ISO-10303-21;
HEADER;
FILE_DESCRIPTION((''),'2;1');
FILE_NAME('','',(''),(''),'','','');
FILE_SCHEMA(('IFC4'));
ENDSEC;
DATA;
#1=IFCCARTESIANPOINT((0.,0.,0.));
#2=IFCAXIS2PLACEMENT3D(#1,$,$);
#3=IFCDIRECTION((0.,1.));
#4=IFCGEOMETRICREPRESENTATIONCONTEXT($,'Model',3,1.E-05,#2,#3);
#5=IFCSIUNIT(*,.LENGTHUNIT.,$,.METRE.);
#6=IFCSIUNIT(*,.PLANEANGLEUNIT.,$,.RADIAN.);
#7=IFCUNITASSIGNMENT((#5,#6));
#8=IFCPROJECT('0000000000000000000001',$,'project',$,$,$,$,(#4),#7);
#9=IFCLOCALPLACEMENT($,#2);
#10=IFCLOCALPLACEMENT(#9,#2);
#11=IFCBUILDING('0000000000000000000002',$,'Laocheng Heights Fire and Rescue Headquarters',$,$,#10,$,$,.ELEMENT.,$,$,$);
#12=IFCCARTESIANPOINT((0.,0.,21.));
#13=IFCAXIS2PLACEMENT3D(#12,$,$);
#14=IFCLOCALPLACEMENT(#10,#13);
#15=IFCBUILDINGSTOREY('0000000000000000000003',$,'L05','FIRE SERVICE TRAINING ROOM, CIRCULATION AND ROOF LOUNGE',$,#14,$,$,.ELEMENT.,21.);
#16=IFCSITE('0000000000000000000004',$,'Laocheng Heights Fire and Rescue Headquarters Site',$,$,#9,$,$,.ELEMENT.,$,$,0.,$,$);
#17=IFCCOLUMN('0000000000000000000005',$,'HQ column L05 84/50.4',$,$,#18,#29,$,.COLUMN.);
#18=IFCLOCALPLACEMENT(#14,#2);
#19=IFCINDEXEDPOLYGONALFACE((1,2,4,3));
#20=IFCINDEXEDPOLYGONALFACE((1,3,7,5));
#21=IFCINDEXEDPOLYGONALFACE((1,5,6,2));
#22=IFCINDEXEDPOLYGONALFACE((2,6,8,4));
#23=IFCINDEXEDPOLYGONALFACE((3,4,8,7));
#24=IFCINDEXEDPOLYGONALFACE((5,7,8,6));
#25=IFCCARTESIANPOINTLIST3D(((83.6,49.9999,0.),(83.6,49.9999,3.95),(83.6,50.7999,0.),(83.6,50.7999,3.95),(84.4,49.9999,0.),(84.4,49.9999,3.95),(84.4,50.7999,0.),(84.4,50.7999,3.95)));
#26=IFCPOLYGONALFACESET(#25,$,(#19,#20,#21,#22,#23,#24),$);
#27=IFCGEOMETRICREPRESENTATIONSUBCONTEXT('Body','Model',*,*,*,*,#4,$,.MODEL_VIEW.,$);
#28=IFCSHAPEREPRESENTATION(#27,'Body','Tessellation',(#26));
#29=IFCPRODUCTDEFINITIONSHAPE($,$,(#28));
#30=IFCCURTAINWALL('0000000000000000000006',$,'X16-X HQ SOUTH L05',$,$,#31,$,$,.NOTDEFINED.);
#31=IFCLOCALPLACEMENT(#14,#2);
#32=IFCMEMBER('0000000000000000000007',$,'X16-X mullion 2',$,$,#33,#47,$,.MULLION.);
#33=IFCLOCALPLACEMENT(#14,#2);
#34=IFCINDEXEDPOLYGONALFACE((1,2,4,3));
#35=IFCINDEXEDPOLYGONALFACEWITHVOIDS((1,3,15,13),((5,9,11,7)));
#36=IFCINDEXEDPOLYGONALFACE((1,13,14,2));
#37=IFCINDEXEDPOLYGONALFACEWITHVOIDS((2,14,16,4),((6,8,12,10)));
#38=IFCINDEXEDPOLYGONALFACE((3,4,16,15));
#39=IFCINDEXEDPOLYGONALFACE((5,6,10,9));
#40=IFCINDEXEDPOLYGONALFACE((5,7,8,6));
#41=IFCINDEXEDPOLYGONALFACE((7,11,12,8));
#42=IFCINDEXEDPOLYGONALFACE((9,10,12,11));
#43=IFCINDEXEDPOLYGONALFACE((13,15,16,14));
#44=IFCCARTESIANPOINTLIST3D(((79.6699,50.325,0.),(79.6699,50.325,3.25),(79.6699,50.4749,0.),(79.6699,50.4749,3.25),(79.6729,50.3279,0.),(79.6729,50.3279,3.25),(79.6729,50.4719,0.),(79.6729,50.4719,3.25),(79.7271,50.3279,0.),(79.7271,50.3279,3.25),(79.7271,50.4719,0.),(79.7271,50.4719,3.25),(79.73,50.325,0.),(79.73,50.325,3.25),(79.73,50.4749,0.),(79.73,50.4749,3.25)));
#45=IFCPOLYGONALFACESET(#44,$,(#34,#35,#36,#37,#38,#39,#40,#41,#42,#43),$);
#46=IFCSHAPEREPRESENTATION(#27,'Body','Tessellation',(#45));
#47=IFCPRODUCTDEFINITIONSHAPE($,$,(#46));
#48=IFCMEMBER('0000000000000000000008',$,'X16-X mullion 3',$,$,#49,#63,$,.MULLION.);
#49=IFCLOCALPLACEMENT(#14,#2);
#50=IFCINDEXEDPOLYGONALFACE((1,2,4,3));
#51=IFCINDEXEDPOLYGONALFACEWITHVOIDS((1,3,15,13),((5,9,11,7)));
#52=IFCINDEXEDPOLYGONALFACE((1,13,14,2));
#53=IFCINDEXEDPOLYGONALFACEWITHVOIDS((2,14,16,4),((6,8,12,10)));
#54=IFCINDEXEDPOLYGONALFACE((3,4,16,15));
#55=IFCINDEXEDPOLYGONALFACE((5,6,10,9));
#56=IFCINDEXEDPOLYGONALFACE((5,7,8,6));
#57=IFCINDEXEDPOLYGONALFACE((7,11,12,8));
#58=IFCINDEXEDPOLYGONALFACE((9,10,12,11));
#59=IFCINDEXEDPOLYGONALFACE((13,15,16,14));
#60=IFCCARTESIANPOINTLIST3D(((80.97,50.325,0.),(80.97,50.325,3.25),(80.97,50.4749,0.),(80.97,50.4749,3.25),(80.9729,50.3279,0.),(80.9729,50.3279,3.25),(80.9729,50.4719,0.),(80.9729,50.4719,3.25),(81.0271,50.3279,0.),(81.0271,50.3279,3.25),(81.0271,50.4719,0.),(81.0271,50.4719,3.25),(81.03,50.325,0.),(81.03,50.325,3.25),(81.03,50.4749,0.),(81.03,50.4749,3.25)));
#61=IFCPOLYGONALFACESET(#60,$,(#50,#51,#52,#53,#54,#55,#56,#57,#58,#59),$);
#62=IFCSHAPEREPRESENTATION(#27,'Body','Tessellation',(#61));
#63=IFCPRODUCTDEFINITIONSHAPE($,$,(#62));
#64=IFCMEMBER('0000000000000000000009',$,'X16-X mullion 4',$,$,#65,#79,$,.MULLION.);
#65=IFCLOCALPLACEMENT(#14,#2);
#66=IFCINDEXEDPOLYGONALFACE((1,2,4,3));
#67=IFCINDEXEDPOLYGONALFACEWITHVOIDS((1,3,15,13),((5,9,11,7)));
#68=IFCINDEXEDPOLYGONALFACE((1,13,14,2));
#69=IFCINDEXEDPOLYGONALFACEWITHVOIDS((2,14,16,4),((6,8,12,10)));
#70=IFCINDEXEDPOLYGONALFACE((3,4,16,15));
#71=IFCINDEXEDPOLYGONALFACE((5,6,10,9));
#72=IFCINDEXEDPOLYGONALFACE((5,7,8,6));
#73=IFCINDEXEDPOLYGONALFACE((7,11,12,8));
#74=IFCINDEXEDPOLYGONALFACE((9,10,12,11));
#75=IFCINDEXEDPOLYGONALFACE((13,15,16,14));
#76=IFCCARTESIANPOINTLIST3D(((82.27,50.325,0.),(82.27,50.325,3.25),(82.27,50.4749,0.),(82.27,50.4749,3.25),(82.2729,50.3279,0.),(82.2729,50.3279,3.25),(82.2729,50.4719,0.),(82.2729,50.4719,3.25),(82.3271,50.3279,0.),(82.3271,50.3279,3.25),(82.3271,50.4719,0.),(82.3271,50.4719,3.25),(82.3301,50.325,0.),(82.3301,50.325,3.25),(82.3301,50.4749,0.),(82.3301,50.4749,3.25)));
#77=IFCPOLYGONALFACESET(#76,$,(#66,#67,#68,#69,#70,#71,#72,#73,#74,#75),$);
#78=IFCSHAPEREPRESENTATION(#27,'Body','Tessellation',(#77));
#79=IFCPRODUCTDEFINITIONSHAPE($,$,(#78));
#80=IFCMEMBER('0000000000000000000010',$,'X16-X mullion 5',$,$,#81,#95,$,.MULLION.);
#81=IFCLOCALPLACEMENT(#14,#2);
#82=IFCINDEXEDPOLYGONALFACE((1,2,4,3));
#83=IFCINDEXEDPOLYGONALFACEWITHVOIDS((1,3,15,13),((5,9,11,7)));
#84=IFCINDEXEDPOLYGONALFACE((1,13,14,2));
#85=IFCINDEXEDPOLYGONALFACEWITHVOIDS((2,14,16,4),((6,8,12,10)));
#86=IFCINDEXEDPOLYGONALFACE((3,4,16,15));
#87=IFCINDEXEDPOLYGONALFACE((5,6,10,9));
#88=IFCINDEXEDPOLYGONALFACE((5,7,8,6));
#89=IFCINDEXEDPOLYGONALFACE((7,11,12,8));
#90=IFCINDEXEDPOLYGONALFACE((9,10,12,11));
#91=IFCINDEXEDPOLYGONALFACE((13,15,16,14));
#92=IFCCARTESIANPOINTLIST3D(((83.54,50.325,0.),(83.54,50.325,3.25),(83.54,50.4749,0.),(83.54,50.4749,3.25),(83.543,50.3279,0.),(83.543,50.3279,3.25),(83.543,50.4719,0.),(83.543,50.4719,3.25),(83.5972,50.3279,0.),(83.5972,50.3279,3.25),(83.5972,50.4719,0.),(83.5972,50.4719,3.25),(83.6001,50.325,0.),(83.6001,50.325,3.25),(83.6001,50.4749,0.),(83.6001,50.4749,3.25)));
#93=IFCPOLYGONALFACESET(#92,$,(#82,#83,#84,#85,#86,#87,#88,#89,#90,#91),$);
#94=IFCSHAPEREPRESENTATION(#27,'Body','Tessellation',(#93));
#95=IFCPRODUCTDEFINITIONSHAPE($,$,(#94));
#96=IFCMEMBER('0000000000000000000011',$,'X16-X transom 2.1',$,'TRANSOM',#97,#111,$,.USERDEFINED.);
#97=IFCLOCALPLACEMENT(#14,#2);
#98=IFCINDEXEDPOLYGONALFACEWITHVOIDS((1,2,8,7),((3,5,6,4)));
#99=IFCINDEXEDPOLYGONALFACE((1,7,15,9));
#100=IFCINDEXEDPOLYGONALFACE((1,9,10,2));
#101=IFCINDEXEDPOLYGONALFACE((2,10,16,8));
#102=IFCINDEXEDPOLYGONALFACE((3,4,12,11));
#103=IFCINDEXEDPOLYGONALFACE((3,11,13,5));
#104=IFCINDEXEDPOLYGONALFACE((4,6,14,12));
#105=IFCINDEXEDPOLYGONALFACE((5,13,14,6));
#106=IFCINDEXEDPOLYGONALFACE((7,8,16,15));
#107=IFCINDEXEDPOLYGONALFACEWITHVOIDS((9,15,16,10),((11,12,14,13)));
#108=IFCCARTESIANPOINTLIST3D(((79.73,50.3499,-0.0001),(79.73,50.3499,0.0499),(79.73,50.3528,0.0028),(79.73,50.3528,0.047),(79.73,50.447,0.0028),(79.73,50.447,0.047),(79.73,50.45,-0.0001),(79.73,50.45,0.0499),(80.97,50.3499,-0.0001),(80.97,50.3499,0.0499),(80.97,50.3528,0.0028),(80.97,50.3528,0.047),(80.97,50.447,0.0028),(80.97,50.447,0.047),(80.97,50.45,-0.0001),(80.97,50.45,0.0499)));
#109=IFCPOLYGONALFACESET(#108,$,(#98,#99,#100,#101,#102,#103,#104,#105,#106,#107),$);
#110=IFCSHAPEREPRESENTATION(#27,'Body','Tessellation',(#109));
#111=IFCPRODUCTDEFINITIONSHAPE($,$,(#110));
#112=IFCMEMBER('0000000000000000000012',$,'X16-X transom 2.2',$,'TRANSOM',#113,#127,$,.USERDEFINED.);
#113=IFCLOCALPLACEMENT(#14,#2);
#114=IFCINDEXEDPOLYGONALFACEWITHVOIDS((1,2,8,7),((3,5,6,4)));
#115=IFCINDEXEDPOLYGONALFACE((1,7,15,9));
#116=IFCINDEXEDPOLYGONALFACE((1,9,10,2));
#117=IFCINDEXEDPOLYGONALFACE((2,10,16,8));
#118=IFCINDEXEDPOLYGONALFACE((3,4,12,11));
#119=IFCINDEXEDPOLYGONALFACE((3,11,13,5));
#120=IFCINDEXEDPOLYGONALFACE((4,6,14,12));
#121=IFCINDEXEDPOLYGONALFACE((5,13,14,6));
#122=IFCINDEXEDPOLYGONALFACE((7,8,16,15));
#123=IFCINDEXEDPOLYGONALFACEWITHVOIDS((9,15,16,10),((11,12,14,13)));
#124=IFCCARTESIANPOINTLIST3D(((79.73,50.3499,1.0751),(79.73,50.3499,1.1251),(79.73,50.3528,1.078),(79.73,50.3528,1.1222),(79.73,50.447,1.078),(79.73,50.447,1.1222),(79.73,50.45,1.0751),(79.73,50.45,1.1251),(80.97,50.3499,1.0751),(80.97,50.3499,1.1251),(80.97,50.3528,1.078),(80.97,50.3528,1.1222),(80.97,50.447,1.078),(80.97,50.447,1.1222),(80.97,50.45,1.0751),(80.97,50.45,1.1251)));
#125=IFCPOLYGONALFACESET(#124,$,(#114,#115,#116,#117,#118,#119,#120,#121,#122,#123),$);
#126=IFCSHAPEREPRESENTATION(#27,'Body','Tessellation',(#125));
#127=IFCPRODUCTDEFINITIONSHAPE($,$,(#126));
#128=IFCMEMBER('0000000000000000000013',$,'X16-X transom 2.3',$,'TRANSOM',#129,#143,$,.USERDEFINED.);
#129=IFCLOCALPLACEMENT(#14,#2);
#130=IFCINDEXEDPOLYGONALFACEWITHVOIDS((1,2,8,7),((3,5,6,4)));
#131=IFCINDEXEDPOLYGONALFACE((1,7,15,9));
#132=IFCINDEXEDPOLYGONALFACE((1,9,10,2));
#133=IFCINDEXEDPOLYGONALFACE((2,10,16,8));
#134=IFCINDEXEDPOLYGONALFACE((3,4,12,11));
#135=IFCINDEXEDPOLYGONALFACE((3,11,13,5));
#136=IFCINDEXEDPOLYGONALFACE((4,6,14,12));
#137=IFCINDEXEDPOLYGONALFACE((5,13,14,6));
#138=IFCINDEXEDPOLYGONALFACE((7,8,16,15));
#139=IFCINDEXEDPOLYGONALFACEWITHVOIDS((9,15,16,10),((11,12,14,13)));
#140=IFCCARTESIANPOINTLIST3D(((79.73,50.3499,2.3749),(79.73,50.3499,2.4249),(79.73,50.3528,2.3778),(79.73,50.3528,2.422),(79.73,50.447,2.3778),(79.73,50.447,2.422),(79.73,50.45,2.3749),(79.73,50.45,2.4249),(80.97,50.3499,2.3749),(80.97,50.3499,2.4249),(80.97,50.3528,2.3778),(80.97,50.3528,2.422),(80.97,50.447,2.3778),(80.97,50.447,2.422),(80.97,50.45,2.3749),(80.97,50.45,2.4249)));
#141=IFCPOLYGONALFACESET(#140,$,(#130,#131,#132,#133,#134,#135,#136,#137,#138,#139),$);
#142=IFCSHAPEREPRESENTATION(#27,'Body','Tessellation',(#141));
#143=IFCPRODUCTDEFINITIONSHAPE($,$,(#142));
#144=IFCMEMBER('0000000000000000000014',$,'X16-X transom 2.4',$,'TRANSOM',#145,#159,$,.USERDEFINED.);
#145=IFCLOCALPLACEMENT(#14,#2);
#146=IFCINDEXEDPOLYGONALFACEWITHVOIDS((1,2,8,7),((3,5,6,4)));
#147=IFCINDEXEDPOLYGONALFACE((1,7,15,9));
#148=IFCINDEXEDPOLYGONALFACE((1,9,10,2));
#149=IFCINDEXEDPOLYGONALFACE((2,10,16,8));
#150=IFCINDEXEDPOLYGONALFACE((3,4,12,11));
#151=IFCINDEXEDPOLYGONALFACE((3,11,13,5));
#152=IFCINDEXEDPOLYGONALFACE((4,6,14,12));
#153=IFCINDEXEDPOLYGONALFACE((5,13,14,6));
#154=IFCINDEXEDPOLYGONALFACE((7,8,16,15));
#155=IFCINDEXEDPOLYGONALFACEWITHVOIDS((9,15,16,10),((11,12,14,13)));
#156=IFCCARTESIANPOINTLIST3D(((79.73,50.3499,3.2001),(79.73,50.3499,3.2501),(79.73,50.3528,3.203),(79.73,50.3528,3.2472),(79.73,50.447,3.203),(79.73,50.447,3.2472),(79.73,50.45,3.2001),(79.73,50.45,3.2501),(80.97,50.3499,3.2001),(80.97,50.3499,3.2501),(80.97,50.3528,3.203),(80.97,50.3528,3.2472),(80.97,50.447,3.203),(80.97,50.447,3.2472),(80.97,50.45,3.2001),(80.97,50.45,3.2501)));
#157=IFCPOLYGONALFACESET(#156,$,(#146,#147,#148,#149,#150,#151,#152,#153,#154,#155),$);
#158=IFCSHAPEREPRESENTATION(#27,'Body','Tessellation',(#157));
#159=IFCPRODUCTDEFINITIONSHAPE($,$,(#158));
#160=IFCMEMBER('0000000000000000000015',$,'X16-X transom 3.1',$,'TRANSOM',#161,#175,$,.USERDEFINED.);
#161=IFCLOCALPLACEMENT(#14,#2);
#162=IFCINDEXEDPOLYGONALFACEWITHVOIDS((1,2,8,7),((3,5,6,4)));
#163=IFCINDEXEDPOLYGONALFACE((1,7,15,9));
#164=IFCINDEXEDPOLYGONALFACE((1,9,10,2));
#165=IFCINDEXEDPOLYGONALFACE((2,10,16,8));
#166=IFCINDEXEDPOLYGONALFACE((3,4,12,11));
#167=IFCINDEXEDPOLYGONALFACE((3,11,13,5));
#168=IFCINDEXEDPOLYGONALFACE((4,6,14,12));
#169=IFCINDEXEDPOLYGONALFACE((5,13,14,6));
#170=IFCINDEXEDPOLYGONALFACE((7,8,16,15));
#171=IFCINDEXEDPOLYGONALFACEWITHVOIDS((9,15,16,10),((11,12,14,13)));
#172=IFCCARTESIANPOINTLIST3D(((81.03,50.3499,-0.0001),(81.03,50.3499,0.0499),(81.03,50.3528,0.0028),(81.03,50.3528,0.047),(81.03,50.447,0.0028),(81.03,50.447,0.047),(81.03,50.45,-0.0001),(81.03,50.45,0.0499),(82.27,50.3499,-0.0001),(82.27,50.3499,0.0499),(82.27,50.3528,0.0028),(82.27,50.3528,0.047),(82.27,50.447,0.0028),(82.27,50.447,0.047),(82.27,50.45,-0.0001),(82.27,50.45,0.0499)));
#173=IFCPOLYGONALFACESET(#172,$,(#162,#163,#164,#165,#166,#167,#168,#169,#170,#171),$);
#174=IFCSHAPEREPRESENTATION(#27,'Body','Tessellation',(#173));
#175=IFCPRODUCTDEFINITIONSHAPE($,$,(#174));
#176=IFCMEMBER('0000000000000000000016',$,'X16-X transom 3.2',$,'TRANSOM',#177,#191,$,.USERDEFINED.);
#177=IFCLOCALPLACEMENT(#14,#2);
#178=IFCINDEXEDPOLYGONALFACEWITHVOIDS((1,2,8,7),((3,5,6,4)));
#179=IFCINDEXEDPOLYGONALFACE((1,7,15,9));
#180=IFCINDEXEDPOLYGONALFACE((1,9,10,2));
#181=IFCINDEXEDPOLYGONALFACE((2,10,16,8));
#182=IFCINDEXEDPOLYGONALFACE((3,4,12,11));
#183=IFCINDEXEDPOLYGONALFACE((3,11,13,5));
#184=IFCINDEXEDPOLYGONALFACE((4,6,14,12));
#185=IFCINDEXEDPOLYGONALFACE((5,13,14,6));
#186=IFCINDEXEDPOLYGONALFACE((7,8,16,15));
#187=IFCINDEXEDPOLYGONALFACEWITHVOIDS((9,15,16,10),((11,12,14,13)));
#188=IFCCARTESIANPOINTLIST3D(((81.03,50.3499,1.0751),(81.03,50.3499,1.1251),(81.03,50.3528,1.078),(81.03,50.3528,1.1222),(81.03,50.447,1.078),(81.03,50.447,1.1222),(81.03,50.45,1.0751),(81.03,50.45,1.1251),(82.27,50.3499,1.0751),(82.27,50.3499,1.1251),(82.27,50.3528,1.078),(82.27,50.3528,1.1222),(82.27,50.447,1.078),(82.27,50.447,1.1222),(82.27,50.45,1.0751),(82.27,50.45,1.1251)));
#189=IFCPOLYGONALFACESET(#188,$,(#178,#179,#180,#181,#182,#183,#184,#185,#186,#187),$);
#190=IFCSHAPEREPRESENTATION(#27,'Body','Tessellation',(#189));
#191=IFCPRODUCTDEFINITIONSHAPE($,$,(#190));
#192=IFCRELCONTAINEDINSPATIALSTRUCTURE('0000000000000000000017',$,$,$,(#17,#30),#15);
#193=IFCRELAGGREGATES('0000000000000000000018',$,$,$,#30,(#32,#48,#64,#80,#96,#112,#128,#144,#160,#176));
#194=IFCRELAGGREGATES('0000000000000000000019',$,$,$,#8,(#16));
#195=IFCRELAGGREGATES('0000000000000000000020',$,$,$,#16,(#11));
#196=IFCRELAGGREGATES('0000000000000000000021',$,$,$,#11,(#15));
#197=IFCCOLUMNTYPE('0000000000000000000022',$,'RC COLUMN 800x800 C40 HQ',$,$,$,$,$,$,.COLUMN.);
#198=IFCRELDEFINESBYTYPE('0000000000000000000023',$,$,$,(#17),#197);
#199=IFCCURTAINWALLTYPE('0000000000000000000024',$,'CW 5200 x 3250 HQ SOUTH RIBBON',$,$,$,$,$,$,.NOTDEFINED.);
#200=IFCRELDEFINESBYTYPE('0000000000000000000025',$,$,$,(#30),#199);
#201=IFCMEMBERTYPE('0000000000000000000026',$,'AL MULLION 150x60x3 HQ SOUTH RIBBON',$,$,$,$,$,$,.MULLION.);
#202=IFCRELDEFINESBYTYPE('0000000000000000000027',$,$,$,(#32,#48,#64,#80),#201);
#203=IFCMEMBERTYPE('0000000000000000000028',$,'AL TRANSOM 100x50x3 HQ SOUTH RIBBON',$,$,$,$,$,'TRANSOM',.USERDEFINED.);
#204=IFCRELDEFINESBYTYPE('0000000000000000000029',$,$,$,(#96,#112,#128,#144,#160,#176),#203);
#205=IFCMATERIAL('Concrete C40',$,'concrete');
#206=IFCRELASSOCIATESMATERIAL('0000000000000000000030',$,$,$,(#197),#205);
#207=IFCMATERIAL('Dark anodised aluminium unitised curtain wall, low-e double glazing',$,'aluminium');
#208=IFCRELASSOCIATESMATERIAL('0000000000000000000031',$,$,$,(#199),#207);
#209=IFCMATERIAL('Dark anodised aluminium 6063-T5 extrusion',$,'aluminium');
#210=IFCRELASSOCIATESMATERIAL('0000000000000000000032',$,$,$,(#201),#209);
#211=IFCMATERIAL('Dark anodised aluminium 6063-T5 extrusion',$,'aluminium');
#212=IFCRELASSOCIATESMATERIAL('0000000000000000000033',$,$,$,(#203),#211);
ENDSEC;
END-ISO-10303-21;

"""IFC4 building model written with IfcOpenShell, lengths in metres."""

from ifc_helpers import new_model, si_unit, direction, frame, origin, origin_2d, place, context, subcontext, project, spatial, rectangle, hollow_rectangle, extrude, material, material_profile, profile_set, type_object, element, aggregate, save


model = new_model("IFC4")

# Units and contexts
model_context = context("Model", 3, precision=1e-05, world=origin(), true_north=direction((0.0, 1.0)))
body_context = subcontext(model_context, "Body", "Model", "MODEL_VIEW")
ifc_project = project(units=[si_unit("LENGTHUNIT", "METRE"), si_unit("PLANEANGLEUNIT", "RADIAN")], contexts=[model_context])

# Site, building, storey
site_placement = place(None, origin())
site = spatial("IfcSite", under=ifc_project, at=site_placement, Name="Laocheng Heights Fire and Rescue Headquarters Site", CompositionType="ELEMENT", RefElevation=0.0)
building_placement = place(site_placement, origin())
building = spatial("IfcBuilding", under=site, at=building_placement, Name="Laocheng Heights Fire and Rescue Headquarters", CompositionType="ELEMENT")
storey_placement = place(building_placement, frame((0.0, 0.0, 21.0)))
storey = spatial("IfcBuildingStorey", under=building, at=storey_placement, Name="L05", Description="FIRE SERVICE TRAINING ROOM, CIRCULATION AND ROOF LOUNGE", CompositionType="ELEMENT", Elevation=21.0)

# Column
ifc_material_1 = material(Name="Concrete C40", Category="concrete")
ifc_material_profile_1 = material_profile(ifc_material_1, rectangle(XDim=0.8, YDim=0.8, at=origin_2d()), Name="RC COLUMN 800x800 C40 HQ")
ifc_profile_set_1 = profile_set([ifc_material_profile_1], Name="Concrete C40")
column_type = type_object("IfcColumnType", Name="RC COLUMN 800x800 C40 HQ", PredefinedType="COLUMN", material=ifc_profile_set_1)
column_placement = place(storey_placement, frame((84.0, 50.3999, 0.0), z_axis=(0.0, 0.0, 1.0), x_axis=(1.0, 0.0, 0.0)))
element("IfcColumn", 1, at=column_placement, inside=storey, type_object=column_type, Name="HQ column L05 84/50.4", PredefinedType="COLUMN", context=body_context, shape_type="SweptSolid", body=[
    extrude(rectangle(XDim=0.8, YDim=0.8, at=origin_2d()), origin(), (0.0, 0.0, 1.0), 3.95),
])

# Curtain wall, members
ifc_material_2 = material(Name="Dark anodised aluminium unitised curtain wall, low-e double glazing", Category="aluminium")
curtain_wall_type = type_object("IfcCurtainWallType", Name="CW 5200 x 3250 HQ SOUTH RIBBON", PredefinedType="NOTDEFINED", material=ifc_material_2)
curtain_wall_placement = place(storey_placement, origin())
curtain_wall = element("IfcCurtainWall", 2, at=curtain_wall_placement, inside=storey, type_object=curtain_wall_type, Name="X16-X HQ SOUTH L05", PredefinedType="NOTDEFINED")
ifc_material_3 = material(Name="Dark anodised aluminium 6063-T5 extrusion", Category="aluminium")
ifc_material_profile_2 = material_profile(ifc_material_3, hollow_rectangle(XDim=0.1499, YDim=0.0601, WallThickness=0.0029, at=origin_2d()), Name="AL MULLION 150x60x3 HQ SOUTH RIBBON")
ifc_profile_set_2 = profile_set([ifc_material_profile_2], Name="Dark anodised aluminium 6063-T5 extrusion")
member_type_1 = type_object("IfcMemberType", Name="AL MULLION 150x60x3 HQ SOUTH RIBBON", PredefinedType="MULLION", material=ifc_profile_set_2)
member_1_placement = place(storey_placement, frame((79.7, 50.3999, 0.0), z_axis=(0.0, 0.0, 1.0), x_axis=(0.0, 1.0, 0.0)))
member_1 = element("IfcMember", 3, at=member_1_placement, type_object=member_type_1, Name="X16-X mullion 2", PredefinedType="MULLION", context=body_context, shape_type="SweptSolid", body=[
    extrude(hollow_rectangle(XDim=0.1499, YDim=0.0601, WallThickness=0.0029, at=origin_2d()), origin(), (0.0, 0.0, 1.0), 3.25),
])
member_2_placement = place(storey_placement, frame((81.0, 50.3999, 0.0), z_axis=(0.0, 0.0, 1.0), x_axis=(0.0, 1.0, 0.0)))
member_2 = element("IfcMember", 4, at=member_2_placement, type_object=member_type_1, Name="X16-X mullion 3", PredefinedType="MULLION", context=body_context, shape_type="SweptSolid", body=[
    extrude(hollow_rectangle(XDim=0.1499, YDim=0.0601, WallThickness=0.0029, at=origin_2d()), origin(), (0.0, 0.0, 1.0), 3.25),
])
member_3_placement = place(storey_placement, frame((82.3, 50.3999, 0.0), z_axis=(0.0, 0.0, 1.0), x_axis=(0.0, 1.0, 0.0)))
member_3 = element("IfcMember", 5, at=member_3_placement, type_object=member_type_1, Name="X16-X mullion 4", PredefinedType="MULLION", context=body_context, shape_type="SweptSolid", body=[
    extrude(hollow_rectangle(XDim=0.1499, YDim=0.0601, WallThickness=0.0029, at=origin_2d()), origin(), (0.0, 0.0, 1.0), 3.25),
])
member_4_placement = place(storey_placement, frame((83.5701, 50.3999, 0.0), z_axis=(0.0, 0.0, 1.0), x_axis=(0.0, 1.0, 0.0)))
member_4 = element("IfcMember", 6, at=member_4_placement, type_object=member_type_1, Name="X16-X mullion 5", PredefinedType="MULLION", context=body_context, shape_type="SweptSolid", body=[
    extrude(hollow_rectangle(XDim=0.1499, YDim=0.0601, WallThickness=0.0029, at=origin_2d()), origin(), (0.0, 0.0, 1.0), 3.25),
])
ifc_material_4 = material(Name="Dark anodised aluminium 6063-T5 extrusion", Category="aluminium")
ifc_material_profile_3 = material_profile(ifc_material_4, hollow_rectangle(XDim=0.1001, YDim=0.05, WallThickness=0.0029, at=origin_2d()), Name="AL TRANSOM 100x50x3 HQ SOUTH RIBBON")
ifc_profile_set_3 = profile_set([ifc_material_profile_3], Name="Dark anodised aluminium 6063-T5 extrusion")
member_type_2 = type_object("IfcMemberType", Name="AL TRANSOM 100x50x3 HQ SOUTH RIBBON", ElementType="TRANSOM", PredefinedType="USERDEFINED", material=ifc_profile_set_3)
member_5_placement = place(storey_placement, frame((79.73, 50.3999, 0.0249), z_axis=(1.0, 0.0, 0.0), x_axis=(0.0, 1.0, 0.0)))
member_5 = element("IfcMember", 7, at=member_5_placement, type_object=member_type_2, Name="X16-X transom 2.1", ObjectType="TRANSOM", PredefinedType="USERDEFINED", context=body_context, shape_type="SweptSolid", body=[
    extrude(hollow_rectangle(XDim=0.1001, YDim=0.05, WallThickness=0.0029, at=origin_2d()), origin(), (0.0, 0.0, 1.0), 1.24),
])
member_6_placement = place(storey_placement, frame((79.73, 50.3999, 1.1001), z_axis=(1.0, 0.0, 0.0), x_axis=(0.0, 1.0, 0.0)))
member_6 = element("IfcMember", 8, at=member_6_placement, type_object=member_type_2, Name="X16-X transom 2.2", ObjectType="TRANSOM", PredefinedType="USERDEFINED", context=body_context, shape_type="SweptSolid", body=[
    extrude(hollow_rectangle(XDim=0.1001, YDim=0.05, WallThickness=0.0029, at=origin_2d()), origin(), (0.0, 0.0, 1.0), 1.24),
])
member_7_placement = place(storey_placement, frame((79.73, 50.3999, 2.3999), z_axis=(1.0, 0.0, 0.0), x_axis=(0.0, 1.0, 0.0)))
member_7 = element("IfcMember", 9, at=member_7_placement, type_object=member_type_2, Name="X16-X transom 2.3", ObjectType="TRANSOM", PredefinedType="USERDEFINED", context=body_context, shape_type="SweptSolid", body=[
    extrude(hollow_rectangle(XDim=0.1001, YDim=0.05, WallThickness=0.0029, at=origin_2d()), origin(), (0.0, 0.0, 1.0), 1.24),
])
member_8_placement = place(storey_placement, frame((79.73, 50.3999, 3.2251), z_axis=(1.0, 0.0, 0.0), x_axis=(0.0, 1.0, 0.0)))
member_8 = element("IfcMember", 10, at=member_8_placement, type_object=member_type_2, Name="X16-X transom 2.4", ObjectType="TRANSOM", PredefinedType="USERDEFINED", context=body_context, shape_type="SweptSolid", body=[
    extrude(hollow_rectangle(XDim=0.1001, YDim=0.05, WallThickness=0.0029, at=origin_2d()), origin(), (0.0, 0.0, 1.0), 1.24),
])
member_9_placement = place(storey_placement, frame((81.03, 50.3999, 0.0249), z_axis=(1.0, 0.0, 0.0), x_axis=(0.0, 1.0, 0.0)))
member_9 = element("IfcMember", 11, at=member_9_placement, type_object=member_type_2, Name="X16-X transom 3.1", ObjectType="TRANSOM", PredefinedType="USERDEFINED", context=body_context, shape_type="SweptSolid", body=[
    extrude(hollow_rectangle(XDim=0.1001, YDim=0.05, WallThickness=0.0029, at=origin_2d()), origin(), (0.0, 0.0, 1.0), 1.24),
])
member_10_placement = place(storey_placement, frame((81.03, 50.3999, 1.1001), z_axis=(1.0, 0.0, 0.0), x_axis=(0.0, 1.0, 0.0)))
member_10 = element("IfcMember", 12, at=member_10_placement, type_object=member_type_2, Name="X16-X transom 3.2", ObjectType="TRANSOM", PredefinedType="USERDEFINED", context=body_context, shape_type="SweptSolid", body=[
    extrude(hollow_rectangle(XDim=0.1001, YDim=0.05, WallThickness=0.0029, at=origin_2d()), origin(), (0.0, 0.0, 1.0), 1.24),
])

aggregate(curtain_wall, [member_1, member_2, member_3, member_4, member_5, member_6, member_7, member_8, member_9, member_10])

save(model, "model.ifc")
